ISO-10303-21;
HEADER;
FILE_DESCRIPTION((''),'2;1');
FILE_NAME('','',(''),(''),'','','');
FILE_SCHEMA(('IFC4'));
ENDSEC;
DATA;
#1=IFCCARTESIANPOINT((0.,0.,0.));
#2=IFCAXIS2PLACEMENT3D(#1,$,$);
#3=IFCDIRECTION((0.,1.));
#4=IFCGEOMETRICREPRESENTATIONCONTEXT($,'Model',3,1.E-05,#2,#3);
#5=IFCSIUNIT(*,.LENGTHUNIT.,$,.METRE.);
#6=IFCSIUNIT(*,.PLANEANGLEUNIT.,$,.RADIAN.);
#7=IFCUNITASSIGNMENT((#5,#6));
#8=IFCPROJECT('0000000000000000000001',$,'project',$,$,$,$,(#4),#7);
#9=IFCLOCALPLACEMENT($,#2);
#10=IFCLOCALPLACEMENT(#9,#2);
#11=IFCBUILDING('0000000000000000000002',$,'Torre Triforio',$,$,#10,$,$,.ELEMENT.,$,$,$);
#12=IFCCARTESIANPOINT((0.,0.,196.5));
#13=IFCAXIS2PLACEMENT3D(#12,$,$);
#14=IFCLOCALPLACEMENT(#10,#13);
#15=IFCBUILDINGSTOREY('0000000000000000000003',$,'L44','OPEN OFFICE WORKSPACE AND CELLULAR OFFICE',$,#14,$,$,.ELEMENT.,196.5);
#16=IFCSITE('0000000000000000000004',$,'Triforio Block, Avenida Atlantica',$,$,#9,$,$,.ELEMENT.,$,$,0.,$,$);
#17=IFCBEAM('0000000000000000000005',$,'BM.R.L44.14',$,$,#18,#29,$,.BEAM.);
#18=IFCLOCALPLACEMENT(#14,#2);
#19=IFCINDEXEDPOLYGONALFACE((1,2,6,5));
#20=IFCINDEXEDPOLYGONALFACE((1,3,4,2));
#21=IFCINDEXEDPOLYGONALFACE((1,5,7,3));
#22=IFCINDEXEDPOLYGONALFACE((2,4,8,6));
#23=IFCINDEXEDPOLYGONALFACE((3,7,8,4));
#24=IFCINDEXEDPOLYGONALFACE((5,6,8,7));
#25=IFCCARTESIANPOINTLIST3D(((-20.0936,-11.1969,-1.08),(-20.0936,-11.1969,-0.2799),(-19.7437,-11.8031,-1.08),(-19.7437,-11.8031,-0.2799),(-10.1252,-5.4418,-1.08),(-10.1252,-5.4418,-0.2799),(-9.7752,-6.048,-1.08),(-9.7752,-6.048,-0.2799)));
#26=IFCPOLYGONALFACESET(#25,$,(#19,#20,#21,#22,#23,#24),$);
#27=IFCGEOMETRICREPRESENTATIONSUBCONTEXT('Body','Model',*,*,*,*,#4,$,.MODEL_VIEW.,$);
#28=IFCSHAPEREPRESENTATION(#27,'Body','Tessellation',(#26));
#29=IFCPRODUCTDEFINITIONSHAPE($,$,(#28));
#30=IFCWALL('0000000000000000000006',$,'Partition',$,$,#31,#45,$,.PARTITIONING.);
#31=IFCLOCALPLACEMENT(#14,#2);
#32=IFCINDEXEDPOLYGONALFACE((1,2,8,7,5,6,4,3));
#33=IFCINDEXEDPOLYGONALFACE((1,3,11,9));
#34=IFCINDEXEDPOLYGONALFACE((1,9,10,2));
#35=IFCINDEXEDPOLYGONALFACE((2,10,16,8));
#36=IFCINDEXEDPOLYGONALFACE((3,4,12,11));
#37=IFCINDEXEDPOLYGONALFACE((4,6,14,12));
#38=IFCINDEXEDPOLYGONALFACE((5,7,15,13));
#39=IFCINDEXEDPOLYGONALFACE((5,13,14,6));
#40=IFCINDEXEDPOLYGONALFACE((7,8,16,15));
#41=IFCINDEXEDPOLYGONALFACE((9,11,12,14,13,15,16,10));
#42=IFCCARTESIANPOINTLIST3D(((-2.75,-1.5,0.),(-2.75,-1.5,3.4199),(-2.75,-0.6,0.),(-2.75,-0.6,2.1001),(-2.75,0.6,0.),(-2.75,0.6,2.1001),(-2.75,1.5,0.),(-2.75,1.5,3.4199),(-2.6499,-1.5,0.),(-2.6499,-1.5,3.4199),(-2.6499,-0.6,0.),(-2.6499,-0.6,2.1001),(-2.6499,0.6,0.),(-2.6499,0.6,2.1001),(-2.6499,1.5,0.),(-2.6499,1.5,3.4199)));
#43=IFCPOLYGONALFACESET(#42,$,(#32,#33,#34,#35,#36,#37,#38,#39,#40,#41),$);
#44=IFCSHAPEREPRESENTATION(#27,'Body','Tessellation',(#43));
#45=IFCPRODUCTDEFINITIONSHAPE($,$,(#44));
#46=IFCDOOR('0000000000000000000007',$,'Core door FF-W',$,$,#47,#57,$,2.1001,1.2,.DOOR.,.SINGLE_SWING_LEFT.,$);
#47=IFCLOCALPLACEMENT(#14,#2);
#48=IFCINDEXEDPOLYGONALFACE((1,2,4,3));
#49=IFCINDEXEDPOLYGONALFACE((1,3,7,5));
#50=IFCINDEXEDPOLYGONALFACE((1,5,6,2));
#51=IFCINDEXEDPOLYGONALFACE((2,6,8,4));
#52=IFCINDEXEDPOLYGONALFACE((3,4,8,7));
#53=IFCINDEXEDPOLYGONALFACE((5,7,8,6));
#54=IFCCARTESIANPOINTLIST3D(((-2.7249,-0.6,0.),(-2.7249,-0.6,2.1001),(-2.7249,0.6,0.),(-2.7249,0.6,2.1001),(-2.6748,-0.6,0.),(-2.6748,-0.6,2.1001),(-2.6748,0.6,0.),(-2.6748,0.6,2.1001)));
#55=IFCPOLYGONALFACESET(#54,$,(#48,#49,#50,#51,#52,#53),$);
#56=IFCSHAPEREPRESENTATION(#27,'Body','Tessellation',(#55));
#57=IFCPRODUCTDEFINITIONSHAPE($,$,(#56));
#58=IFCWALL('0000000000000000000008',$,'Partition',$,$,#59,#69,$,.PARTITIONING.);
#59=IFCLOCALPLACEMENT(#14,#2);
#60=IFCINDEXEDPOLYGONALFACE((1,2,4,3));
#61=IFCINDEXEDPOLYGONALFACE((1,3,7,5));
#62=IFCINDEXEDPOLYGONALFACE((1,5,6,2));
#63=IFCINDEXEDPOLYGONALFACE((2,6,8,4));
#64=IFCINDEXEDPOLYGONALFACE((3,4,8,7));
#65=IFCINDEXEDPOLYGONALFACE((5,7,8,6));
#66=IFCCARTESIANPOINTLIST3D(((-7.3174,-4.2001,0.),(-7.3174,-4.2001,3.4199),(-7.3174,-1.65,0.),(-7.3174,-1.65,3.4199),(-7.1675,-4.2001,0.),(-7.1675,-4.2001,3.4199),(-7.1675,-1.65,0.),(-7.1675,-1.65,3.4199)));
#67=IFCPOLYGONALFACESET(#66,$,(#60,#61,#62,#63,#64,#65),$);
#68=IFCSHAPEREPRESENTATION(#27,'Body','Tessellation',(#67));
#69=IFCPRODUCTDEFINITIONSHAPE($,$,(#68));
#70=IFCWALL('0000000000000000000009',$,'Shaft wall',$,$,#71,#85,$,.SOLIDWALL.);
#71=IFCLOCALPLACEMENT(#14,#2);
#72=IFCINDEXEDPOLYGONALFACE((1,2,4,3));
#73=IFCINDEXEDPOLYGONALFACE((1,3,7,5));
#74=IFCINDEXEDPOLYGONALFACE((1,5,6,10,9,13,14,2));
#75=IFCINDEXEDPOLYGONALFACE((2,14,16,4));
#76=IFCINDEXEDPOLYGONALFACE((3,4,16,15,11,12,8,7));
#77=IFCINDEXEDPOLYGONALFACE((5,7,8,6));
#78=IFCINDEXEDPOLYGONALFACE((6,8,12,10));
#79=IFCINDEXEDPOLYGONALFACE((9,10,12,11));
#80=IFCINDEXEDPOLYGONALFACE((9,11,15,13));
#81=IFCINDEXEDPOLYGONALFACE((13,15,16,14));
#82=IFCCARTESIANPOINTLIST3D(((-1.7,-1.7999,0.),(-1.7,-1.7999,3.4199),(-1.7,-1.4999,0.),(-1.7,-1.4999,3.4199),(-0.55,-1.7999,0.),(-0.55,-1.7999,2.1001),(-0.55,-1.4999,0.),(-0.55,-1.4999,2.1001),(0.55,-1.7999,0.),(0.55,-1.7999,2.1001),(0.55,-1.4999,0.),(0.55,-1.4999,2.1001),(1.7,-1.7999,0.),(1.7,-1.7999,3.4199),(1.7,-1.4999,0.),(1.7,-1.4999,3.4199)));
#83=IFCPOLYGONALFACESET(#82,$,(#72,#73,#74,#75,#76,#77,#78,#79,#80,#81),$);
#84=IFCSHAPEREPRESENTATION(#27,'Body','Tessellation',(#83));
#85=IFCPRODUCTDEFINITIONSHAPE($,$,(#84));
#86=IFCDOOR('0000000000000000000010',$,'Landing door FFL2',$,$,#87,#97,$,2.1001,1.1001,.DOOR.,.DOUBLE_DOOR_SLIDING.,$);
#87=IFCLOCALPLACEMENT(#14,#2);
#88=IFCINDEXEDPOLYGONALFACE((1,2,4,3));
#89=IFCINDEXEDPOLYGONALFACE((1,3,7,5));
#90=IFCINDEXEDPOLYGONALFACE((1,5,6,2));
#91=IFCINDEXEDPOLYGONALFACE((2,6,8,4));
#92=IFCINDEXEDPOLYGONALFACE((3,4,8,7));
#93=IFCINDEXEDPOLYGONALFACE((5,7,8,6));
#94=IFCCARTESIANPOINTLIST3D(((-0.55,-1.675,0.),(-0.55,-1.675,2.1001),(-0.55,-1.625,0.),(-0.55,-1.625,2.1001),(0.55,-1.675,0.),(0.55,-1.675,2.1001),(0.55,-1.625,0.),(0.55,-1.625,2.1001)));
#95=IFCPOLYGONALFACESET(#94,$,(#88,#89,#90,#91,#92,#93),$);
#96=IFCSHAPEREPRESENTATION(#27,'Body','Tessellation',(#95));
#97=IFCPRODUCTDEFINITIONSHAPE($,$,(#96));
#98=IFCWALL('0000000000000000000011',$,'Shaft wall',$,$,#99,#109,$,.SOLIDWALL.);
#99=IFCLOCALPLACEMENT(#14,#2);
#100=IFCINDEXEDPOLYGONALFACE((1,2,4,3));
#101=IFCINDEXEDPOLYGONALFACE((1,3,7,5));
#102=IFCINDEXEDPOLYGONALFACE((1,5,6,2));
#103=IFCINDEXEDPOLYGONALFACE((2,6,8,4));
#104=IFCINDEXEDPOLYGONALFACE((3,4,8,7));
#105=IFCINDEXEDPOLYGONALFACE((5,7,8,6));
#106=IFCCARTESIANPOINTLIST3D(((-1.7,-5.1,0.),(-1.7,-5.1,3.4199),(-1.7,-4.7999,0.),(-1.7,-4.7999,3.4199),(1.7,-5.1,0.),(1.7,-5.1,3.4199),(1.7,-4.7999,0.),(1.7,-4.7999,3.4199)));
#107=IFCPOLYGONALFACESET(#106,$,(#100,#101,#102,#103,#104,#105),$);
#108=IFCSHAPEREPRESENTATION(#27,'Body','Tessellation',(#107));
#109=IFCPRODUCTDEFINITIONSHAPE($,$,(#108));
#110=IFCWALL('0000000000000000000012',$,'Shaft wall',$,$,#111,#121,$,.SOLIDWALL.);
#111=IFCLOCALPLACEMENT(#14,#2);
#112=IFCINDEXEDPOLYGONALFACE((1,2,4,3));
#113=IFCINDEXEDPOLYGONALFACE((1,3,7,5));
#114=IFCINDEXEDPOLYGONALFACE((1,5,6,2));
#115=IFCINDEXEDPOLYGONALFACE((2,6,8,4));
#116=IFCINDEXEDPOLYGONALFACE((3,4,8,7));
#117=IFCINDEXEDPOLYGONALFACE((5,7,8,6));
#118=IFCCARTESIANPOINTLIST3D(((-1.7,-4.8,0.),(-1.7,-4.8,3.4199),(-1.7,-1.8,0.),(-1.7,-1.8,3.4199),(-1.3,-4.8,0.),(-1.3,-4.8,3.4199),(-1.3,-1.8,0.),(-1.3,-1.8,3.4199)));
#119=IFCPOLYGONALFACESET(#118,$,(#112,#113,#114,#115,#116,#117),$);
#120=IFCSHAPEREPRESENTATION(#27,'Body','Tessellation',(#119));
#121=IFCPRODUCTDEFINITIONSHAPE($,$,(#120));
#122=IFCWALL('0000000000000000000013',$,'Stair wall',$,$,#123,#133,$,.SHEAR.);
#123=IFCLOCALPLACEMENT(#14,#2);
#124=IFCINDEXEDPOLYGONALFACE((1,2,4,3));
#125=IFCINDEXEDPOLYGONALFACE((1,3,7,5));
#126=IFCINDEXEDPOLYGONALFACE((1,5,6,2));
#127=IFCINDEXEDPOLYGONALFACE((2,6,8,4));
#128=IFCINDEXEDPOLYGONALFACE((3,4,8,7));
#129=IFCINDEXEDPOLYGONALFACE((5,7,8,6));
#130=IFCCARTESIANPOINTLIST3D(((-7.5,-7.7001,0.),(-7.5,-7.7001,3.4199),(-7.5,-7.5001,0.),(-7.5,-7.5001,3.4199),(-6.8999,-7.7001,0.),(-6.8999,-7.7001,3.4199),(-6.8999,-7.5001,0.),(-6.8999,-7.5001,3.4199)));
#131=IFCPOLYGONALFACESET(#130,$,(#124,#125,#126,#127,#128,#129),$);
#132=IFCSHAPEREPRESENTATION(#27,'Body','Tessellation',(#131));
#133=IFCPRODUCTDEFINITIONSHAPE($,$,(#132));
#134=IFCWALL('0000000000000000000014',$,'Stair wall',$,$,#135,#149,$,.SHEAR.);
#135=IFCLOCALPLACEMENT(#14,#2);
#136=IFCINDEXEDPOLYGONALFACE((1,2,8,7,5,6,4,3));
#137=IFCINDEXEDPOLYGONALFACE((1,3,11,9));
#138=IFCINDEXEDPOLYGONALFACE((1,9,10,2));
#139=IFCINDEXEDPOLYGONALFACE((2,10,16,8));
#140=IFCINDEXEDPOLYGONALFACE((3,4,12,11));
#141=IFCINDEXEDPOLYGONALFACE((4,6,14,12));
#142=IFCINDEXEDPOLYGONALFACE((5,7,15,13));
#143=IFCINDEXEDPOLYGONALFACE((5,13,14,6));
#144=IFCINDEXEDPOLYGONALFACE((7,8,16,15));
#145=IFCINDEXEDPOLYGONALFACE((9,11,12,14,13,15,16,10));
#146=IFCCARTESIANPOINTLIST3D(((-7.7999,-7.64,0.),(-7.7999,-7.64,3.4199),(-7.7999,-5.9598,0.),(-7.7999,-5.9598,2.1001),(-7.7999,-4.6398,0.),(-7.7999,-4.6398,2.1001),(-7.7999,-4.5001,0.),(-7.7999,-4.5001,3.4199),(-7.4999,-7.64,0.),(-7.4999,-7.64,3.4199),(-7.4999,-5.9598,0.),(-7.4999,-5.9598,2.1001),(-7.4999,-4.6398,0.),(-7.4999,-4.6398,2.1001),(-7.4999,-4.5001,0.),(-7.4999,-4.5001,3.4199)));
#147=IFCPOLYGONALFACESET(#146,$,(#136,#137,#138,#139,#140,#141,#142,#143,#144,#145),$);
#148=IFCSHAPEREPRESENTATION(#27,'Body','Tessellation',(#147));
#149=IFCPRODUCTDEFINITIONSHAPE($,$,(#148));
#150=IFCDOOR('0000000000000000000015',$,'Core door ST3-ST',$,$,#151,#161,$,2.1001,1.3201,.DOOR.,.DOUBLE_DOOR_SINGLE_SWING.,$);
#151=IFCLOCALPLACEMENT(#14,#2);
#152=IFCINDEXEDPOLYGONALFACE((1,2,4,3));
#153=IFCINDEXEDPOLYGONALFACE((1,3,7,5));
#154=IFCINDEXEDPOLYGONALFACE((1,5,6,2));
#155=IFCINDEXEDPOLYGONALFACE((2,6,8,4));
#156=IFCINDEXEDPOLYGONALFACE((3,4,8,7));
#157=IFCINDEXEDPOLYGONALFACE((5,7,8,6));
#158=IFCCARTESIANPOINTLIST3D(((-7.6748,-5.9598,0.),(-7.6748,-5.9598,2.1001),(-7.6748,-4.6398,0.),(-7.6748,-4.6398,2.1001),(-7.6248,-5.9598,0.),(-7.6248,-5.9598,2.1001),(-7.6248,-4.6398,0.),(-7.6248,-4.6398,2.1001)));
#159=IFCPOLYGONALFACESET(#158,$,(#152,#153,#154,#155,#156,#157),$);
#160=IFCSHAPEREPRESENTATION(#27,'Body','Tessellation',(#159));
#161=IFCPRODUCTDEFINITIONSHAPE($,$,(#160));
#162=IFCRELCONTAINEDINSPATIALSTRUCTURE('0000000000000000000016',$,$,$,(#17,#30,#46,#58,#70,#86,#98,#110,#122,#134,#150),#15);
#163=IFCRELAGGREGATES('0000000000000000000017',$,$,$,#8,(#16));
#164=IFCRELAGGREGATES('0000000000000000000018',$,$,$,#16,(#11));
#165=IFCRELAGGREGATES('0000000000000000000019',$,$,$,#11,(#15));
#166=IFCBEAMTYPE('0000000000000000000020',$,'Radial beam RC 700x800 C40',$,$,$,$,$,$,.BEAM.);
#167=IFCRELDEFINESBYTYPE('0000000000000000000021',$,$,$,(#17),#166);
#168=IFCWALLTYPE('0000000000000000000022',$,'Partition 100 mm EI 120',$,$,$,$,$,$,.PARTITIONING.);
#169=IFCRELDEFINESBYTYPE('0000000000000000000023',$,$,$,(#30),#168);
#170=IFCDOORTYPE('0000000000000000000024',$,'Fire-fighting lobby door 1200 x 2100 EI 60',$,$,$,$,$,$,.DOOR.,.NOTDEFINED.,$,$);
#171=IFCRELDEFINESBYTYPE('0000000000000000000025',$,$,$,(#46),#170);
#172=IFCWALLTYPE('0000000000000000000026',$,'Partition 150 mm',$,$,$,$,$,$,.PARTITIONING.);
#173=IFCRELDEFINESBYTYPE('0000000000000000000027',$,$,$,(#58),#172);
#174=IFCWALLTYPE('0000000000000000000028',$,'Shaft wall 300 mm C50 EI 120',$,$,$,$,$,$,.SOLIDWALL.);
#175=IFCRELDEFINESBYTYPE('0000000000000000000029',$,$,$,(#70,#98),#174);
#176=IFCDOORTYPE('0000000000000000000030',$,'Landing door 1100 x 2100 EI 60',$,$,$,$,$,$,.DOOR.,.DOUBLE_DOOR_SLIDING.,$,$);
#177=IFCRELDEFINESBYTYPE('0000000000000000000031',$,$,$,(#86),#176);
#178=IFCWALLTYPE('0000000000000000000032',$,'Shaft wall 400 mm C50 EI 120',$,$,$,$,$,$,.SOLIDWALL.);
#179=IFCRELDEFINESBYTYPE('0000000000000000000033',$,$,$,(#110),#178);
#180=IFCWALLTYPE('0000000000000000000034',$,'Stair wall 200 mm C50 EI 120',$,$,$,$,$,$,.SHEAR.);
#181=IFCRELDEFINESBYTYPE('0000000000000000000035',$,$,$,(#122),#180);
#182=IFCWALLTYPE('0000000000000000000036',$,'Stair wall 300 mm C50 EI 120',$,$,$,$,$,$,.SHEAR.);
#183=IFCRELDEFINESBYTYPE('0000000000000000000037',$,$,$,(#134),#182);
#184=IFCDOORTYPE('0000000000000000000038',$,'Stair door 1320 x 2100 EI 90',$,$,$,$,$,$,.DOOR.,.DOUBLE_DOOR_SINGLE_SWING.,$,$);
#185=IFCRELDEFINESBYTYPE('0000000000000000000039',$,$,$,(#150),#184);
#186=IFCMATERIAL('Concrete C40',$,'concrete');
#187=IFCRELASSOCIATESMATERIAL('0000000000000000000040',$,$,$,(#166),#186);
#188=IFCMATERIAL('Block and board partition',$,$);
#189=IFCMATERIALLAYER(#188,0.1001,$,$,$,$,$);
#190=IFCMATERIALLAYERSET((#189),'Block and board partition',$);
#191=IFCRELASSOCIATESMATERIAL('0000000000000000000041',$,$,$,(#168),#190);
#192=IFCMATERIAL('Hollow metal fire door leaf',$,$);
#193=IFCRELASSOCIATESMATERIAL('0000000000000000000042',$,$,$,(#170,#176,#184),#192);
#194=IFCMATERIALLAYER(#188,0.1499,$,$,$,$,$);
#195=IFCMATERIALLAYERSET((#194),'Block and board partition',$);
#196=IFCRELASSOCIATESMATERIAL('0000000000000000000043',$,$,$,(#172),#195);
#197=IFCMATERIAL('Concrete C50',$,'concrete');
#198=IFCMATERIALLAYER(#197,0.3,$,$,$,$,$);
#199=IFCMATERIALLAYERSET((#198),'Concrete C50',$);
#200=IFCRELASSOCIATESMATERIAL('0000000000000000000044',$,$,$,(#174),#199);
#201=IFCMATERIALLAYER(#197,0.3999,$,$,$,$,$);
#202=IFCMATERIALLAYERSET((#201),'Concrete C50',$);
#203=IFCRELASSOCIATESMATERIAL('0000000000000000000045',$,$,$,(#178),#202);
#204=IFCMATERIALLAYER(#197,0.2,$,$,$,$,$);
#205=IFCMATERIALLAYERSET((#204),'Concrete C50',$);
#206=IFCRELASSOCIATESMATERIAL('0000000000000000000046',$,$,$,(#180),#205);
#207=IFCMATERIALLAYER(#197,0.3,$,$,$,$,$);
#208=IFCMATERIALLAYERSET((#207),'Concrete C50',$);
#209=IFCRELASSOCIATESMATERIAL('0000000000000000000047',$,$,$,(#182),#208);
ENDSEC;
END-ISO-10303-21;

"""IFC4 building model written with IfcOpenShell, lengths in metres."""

from ifc_helpers import new_model, si_unit, direction, frame, frame_2d, origin, origin_2d, place, context, subcontext, project, spatial, rectangle, extrude, material, layer, layer_set, material_profile, profile_set, type_object, element, fill, save


model = new_model("IFC4")

# Units and contexts
model_context = context("Model", 3, precision=1e-05, world=origin(), true_north=direction((0.0, 1.0)))
body_context = subcontext(model_context, "Body", "Model", "MODEL_VIEW")
ifc_project = project(units=[si_unit("LENGTHUNIT", "METRE"), si_unit("PLANEANGLEUNIT", "RADIAN")], contexts=[model_context])

# Site, building, storey
site_placement = place(None, origin())
site = spatial("IfcSite", under=ifc_project, at=site_placement, Name="Triforio Block, Avenida Atlantica", CompositionType="ELEMENT", RefElevation=0.0)
building_placement = place(site_placement, origin())
building = spatial("IfcBuilding", under=site, at=building_placement, Name="Torre Triforio", CompositionType="ELEMENT")
storey_placement = place(building_placement, frame((0.0, 0.0, 196.5)))
storey = spatial("IfcBuildingStorey", under=building, at=storey_placement, Name="L44", Description="OPEN OFFICE WORKSPACE AND CELLULAR OFFICE", CompositionType="ELEMENT", Elevation=196.5)

# Beam
ifc_material_1 = material(Name="Concrete C40", Category="concrete")
ifc_material_profile = material_profile(ifc_material_1, rectangle(XDim=0.7, YDim=0.8, at=origin_2d()), Name="RC 700x800")
ifc_profile_set = profile_set([ifc_material_profile], Name="Concrete C40")
beam_type = type_object("IfcBeamType", Name="Radial beam RC 700x800 C40", PredefinedType="BEAM", material=ifc_profile_set)
beam_placement = place(storey_placement, frame((-9.9502, -5.7449, -0.6799), z_axis=(-0.866033, -0.499987, 0.0), x_axis=(0.499987, -0.866033, 0.0)))
element("IfcBeam", 1, at=beam_placement, inside=storey, type_object=beam_type, Name="BM.R.L44.14", PredefinedType="BEAM", context=body_context, shape_type="SweptSolid", body=[
    extrude(rectangle(XDim=0.7, YDim=0.8, at=origin_2d()), origin(), (0.0, 0.0, 1.0), 11.5105),
])

# Wall, opening, door
ifc_material_2 = material(Name="Block and board partition")
ifc_layer_1 = layer(ifc_material_2, 0.1001)
ifc_layer_set_1 = layer_set([ifc_layer_1], Name="Block and board partition")
wall_type_1 = type_object("IfcWallType", Name="Partition 100 mm EI 120", PredefinedType="PARTITIONING", material=ifc_layer_set_1)
wall_1_placement = place(storey_placement, frame((-2.7, -1.5, 0.0), z_axis=(0.0, 0.0, 1.0), x_axis=(0.0, 1.0, 0.0)))
wall_1 = element("IfcWall", 2, at=wall_1_placement, inside=storey, type_object=wall_type_1, Name="Partition", PredefinedType="PARTITIONING", context=body_context, shape_type="SweptSolid", body=[
    extrude(rectangle(XDim=3.0, YDim=0.1001, at=frame_2d((1.5, 0.0))), origin(), (0.0, 0.0, 1.0), 3.4199),
])
opening_1_placement = place(wall_1_placement, frame((0.8999, 0.0, 0.0)))
opening_1 = element("IfcOpeningElement", 3, at=opening_1_placement, cuts=wall_1, PredefinedType="OPENING", context=body_context, shape_type="SweptSolid", body=[
    extrude(rectangle(XDim=1.2, YDim=2.1001, at=frame_2d((0.6001, 1.05))), frame((0.0, 0.0601, 0.0), z_axis=(0.0, -1.0, 0.0), x_axis=(1.0, 0.0, 0.0)), (0.0, 0.0, 1.0), 0.1201),
])
ifc_material_3 = material(Name="Hollow metal fire door leaf")
door_type_1 = type_object("IfcDoorType", Name="Fire-fighting lobby door 1200 x 2100 EI 60", OperationType="NOTDEFINED", PredefinedType="DOOR", material=ifc_material_3)
door_1_placement = place(opening_1_placement, origin())
door_1 = element("IfcDoor", 4, at=door_1_placement, inside=storey, type_object=door_type_1, Name="Core door FF-W", OperationType="SINGLE_SWING_LEFT", OverallHeight=2.1001, OverallWidth=1.2, PredefinedType="DOOR", context=body_context, shape_type="SweptSolid", body=[
    extrude(rectangle(XDim=1.2, YDim=2.1001, at=frame_2d((0.6001, 1.05))), frame((0.0, 0.0249, 0.0), z_axis=(0.0, -1.0, 0.0), x_axis=(1.0, 0.0, 0.0)), (0.0, 0.0, 1.0), 0.05),
])
fill(opening_1, door_1)

# Wall
ifc_layer_2 = layer(ifc_material_2, 0.1499)
ifc_layer_set_2 = layer_set([ifc_layer_2], Name="Block and board partition")
wall_type_2 = type_object("IfcWallType", Name="Partition 150 mm", PredefinedType="PARTITIONING", material=ifc_layer_set_2)
wall_2_placement = place(storey_placement, frame((-7.2424, -4.2, 0.0), z_axis=(0.0, 0.0, 1.0), x_axis=(0.0, 1.0, 0.0)))
element("IfcWall", 5, at=wall_2_placement, inside=storey, type_object=wall_type_2, Name="Partition", PredefinedType="PARTITIONING", context=body_context, shape_type="SweptSolid", body=[
    extrude(rectangle(XDim=2.55, YDim=0.1499, at=frame_2d((1.2749, 0.0))), origin(), (0.0, 0.0, 1.0), 3.4199),
])

# Wall, opening, door
ifc_material_4 = material(Name="Concrete C50", Category="concrete")
ifc_layer_3 = layer(ifc_material_4, 0.3)
ifc_layer_set_3 = layer_set([ifc_layer_3], Name="Concrete C50")
wall_type_3 = type_object("IfcWallType", Name="Shaft wall 300 mm C50 EI 120", PredefinedType="SOLIDWALL", material=ifc_layer_set_3)
wall_3_placement = place(storey_placement, frame((-1.7, -1.6499, 0.0), z_axis=(0.0, 0.0, 1.0), x_axis=(1.0, 0.0, 0.0)))
wall_3 = element("IfcWall", 6, at=wall_3_placement, inside=storey, type_object=wall_type_3, Name="Shaft wall", PredefinedType="SOLIDWALL", context=body_context, shape_type="SweptSolid", body=[
    extrude(rectangle(XDim=3.3999, YDim=0.3, at=frame_2d((1.7, 0.0))), origin(), (0.0, 0.0, 1.0), 3.4199),
])
opening_2_placement = place(wall_3_placement, frame((1.1499, 0.0, 0.0)))
opening_2 = element("IfcOpeningElement", 7, at=opening_2_placement, cuts=wall_3, PredefinedType="OPENING", context=body_context, shape_type="SweptSolid", body=[
    extrude(rectangle(XDim=1.1001, YDim=2.1001, at=frame_2d((0.55, 1.05))), frame((0.0, 0.1599, 0.0), z_axis=(0.0, -1.0, 0.0), x_axis=(1.0, 0.0, 0.0)), (0.0, 0.0, 1.0), 0.3201),
])
door_type_2 = type_object("IfcDoorType", Name="Landing door 1100 x 2100 EI 60", OperationType="DOUBLE_DOOR_SLIDING", PredefinedType="DOOR", material=ifc_material_3)
door_2_placement = place(opening_2_placement, origin())
door_2 = element("IfcDoor", 8, at=door_2_placement, inside=storey, type_object=door_type_2, Name="Landing door FFL2", OperationType="DOUBLE_DOOR_SLIDING", OverallHeight=2.1001, OverallWidth=1.1001, PredefinedType="DOOR", context=body_context, shape_type="SweptSolid", body=[
    extrude(rectangle(XDim=1.1001, YDim=2.1001, at=frame_2d((0.55, 1.05))), frame((0.0, 0.0249, 0.0), z_axis=(0.0, -1.0, 0.0), x_axis=(1.0, 0.0, 0.0)), (0.0, 0.0, 1.0), 0.05),
])
fill(opening_2, door_2)

# Walls
wall_4_placement = place(storey_placement, frame((-1.7, -4.95, 0.0), z_axis=(0.0, 0.0, 1.0), x_axis=(1.0, 0.0, 0.0)))
element("IfcWall", 9, at=wall_4_placement, inside=storey, type_object=wall_type_3, Name="Shaft wall", PredefinedType="SOLIDWALL", context=body_context, shape_type="SweptSolid", body=[
    extrude(rectangle(XDim=3.3999, YDim=0.3, at=frame_2d((1.7, 0.0))), origin(), (0.0, 0.0, 1.0), 3.4199),
])
ifc_layer_4 = layer(ifc_material_4, 0.3999)
ifc_layer_set_4 = layer_set([ifc_layer_4], Name="Concrete C50")
wall_type_4 = type_object("IfcWallType", Name="Shaft wall 400 mm C50 EI 120", PredefinedType="SOLIDWALL", material=ifc_layer_set_4)
wall_5_placement = place(storey_placement, frame((-1.5, -4.8, 0.0), z_axis=(0.0, 0.0, 1.0), x_axis=(0.0, 1.0, 0.0)))
element("IfcWall", 10, at=wall_5_placement, inside=storey, type_object=wall_type_4, Name="Shaft wall", PredefinedType="SOLIDWALL", context=body_context, shape_type="SweptSolid", body=[
    extrude(rectangle(XDim=3.0, YDim=0.3999, at=frame_2d((1.5, 0.0))), origin(), (0.0, 0.0, 1.0), 3.4199),
])
ifc_layer_5 = layer(ifc_material_4, 0.2)
ifc_layer_set_5 = layer_set([ifc_layer_5], Name="Concrete C50")
wall_type_5 = type_object("IfcWallType", Name="Stair wall 200 mm C50 EI 120", PredefinedType="SHEAR", material=ifc_layer_set_5)
wall_6_placement = place(storey_placement, frame((-7.5, -7.6001, 0.0), z_axis=(0.0, 0.0, 1.0), x_axis=(1.0, 0.0, 0.0)))
element("IfcWall", 11, at=wall_6_placement, inside=storey, type_object=wall_type_5, Name="Stair wall", PredefinedType="SHEAR", context=body_context, shape_type="SweptSolid", body=[
    extrude(rectangle(XDim=0.6001, YDim=0.2, at=frame_2d((0.3, 0.0))), origin(), (0.0, 0.0, 1.0), 3.4199),
])

# Wall, opening, door
ifc_layer_6 = layer(ifc_material_4, 0.3)
ifc_layer_set_6 = layer_set([ifc_layer_6], Name="Concrete C50")
wall_type_6 = type_object("IfcWallType", Name="Stair wall 300 mm C50 EI 120", PredefinedType="SHEAR", material=ifc_layer_set_6)
wall_7_placement = place(storey_placement, frame((-7.6499, -7.6399, 0.0), z_axis=(0.0, 0.0, 1.0), x_axis=(0.0, 1.0, 0.0)))
wall_7 = element("IfcWall", 12, at=wall_7_placement, inside=storey, type_object=wall_type_6, Name="Stair wall", PredefinedType="SHEAR", context=body_context, shape_type="SweptSolid", body=[
    extrude(rectangle(XDim=3.1399, YDim=0.3, at=frame_2d((1.5698, 0.0))), origin(), (0.0, 0.0, 1.0), 3.4199),
])
opening_3_placement = place(wall_7_placement, frame((1.6799, 0.0, 0.0)))
opening_3 = element("IfcOpeningElement", 13, at=opening_3_placement, cuts=wall_7, PredefinedType="OPENING", context=body_context, shape_type="SweptSolid", body=[
    extrude(rectangle(XDim=1.3201, YDim=2.1001, at=frame_2d((0.6602, 1.05))), frame((0.0, 0.1599, 0.0), z_axis=(0.0, -1.0, 0.0), x_axis=(1.0, 0.0, 0.0)), (0.0, 0.0, 1.0), 0.3201),
])
door_type_3 = type_object("IfcDoorType", Name="Stair door 1320 x 2100 EI 90", OperationType="DOUBLE_DOOR_SINGLE_SWING", PredefinedType="DOOR", material=ifc_material_3)
door_3_placement = place(opening_3_placement, origin())
door_3 = element("IfcDoor", 14, at=door_3_placement, inside=storey, type_object=door_type_3, Name="Core door ST3-ST", OperationType="DOUBLE_DOOR_SINGLE_SWING", OverallHeight=2.1001, OverallWidth=1.3201, PredefinedType="DOOR", context=body_context, shape_type="SweptSolid", body=[
    extrude(rectangle(XDim=1.3201, YDim=2.1001, at=frame_2d((0.6602, 1.05))), frame((0.0, 0.0249, 0.0), z_axis=(0.0, -1.0, 0.0), x_axis=(1.0, 0.0, 0.0)), (0.0, 0.0, 1.0), 0.05),
])
fill(opening_3, door_3)

save(model, "model.ifc")
